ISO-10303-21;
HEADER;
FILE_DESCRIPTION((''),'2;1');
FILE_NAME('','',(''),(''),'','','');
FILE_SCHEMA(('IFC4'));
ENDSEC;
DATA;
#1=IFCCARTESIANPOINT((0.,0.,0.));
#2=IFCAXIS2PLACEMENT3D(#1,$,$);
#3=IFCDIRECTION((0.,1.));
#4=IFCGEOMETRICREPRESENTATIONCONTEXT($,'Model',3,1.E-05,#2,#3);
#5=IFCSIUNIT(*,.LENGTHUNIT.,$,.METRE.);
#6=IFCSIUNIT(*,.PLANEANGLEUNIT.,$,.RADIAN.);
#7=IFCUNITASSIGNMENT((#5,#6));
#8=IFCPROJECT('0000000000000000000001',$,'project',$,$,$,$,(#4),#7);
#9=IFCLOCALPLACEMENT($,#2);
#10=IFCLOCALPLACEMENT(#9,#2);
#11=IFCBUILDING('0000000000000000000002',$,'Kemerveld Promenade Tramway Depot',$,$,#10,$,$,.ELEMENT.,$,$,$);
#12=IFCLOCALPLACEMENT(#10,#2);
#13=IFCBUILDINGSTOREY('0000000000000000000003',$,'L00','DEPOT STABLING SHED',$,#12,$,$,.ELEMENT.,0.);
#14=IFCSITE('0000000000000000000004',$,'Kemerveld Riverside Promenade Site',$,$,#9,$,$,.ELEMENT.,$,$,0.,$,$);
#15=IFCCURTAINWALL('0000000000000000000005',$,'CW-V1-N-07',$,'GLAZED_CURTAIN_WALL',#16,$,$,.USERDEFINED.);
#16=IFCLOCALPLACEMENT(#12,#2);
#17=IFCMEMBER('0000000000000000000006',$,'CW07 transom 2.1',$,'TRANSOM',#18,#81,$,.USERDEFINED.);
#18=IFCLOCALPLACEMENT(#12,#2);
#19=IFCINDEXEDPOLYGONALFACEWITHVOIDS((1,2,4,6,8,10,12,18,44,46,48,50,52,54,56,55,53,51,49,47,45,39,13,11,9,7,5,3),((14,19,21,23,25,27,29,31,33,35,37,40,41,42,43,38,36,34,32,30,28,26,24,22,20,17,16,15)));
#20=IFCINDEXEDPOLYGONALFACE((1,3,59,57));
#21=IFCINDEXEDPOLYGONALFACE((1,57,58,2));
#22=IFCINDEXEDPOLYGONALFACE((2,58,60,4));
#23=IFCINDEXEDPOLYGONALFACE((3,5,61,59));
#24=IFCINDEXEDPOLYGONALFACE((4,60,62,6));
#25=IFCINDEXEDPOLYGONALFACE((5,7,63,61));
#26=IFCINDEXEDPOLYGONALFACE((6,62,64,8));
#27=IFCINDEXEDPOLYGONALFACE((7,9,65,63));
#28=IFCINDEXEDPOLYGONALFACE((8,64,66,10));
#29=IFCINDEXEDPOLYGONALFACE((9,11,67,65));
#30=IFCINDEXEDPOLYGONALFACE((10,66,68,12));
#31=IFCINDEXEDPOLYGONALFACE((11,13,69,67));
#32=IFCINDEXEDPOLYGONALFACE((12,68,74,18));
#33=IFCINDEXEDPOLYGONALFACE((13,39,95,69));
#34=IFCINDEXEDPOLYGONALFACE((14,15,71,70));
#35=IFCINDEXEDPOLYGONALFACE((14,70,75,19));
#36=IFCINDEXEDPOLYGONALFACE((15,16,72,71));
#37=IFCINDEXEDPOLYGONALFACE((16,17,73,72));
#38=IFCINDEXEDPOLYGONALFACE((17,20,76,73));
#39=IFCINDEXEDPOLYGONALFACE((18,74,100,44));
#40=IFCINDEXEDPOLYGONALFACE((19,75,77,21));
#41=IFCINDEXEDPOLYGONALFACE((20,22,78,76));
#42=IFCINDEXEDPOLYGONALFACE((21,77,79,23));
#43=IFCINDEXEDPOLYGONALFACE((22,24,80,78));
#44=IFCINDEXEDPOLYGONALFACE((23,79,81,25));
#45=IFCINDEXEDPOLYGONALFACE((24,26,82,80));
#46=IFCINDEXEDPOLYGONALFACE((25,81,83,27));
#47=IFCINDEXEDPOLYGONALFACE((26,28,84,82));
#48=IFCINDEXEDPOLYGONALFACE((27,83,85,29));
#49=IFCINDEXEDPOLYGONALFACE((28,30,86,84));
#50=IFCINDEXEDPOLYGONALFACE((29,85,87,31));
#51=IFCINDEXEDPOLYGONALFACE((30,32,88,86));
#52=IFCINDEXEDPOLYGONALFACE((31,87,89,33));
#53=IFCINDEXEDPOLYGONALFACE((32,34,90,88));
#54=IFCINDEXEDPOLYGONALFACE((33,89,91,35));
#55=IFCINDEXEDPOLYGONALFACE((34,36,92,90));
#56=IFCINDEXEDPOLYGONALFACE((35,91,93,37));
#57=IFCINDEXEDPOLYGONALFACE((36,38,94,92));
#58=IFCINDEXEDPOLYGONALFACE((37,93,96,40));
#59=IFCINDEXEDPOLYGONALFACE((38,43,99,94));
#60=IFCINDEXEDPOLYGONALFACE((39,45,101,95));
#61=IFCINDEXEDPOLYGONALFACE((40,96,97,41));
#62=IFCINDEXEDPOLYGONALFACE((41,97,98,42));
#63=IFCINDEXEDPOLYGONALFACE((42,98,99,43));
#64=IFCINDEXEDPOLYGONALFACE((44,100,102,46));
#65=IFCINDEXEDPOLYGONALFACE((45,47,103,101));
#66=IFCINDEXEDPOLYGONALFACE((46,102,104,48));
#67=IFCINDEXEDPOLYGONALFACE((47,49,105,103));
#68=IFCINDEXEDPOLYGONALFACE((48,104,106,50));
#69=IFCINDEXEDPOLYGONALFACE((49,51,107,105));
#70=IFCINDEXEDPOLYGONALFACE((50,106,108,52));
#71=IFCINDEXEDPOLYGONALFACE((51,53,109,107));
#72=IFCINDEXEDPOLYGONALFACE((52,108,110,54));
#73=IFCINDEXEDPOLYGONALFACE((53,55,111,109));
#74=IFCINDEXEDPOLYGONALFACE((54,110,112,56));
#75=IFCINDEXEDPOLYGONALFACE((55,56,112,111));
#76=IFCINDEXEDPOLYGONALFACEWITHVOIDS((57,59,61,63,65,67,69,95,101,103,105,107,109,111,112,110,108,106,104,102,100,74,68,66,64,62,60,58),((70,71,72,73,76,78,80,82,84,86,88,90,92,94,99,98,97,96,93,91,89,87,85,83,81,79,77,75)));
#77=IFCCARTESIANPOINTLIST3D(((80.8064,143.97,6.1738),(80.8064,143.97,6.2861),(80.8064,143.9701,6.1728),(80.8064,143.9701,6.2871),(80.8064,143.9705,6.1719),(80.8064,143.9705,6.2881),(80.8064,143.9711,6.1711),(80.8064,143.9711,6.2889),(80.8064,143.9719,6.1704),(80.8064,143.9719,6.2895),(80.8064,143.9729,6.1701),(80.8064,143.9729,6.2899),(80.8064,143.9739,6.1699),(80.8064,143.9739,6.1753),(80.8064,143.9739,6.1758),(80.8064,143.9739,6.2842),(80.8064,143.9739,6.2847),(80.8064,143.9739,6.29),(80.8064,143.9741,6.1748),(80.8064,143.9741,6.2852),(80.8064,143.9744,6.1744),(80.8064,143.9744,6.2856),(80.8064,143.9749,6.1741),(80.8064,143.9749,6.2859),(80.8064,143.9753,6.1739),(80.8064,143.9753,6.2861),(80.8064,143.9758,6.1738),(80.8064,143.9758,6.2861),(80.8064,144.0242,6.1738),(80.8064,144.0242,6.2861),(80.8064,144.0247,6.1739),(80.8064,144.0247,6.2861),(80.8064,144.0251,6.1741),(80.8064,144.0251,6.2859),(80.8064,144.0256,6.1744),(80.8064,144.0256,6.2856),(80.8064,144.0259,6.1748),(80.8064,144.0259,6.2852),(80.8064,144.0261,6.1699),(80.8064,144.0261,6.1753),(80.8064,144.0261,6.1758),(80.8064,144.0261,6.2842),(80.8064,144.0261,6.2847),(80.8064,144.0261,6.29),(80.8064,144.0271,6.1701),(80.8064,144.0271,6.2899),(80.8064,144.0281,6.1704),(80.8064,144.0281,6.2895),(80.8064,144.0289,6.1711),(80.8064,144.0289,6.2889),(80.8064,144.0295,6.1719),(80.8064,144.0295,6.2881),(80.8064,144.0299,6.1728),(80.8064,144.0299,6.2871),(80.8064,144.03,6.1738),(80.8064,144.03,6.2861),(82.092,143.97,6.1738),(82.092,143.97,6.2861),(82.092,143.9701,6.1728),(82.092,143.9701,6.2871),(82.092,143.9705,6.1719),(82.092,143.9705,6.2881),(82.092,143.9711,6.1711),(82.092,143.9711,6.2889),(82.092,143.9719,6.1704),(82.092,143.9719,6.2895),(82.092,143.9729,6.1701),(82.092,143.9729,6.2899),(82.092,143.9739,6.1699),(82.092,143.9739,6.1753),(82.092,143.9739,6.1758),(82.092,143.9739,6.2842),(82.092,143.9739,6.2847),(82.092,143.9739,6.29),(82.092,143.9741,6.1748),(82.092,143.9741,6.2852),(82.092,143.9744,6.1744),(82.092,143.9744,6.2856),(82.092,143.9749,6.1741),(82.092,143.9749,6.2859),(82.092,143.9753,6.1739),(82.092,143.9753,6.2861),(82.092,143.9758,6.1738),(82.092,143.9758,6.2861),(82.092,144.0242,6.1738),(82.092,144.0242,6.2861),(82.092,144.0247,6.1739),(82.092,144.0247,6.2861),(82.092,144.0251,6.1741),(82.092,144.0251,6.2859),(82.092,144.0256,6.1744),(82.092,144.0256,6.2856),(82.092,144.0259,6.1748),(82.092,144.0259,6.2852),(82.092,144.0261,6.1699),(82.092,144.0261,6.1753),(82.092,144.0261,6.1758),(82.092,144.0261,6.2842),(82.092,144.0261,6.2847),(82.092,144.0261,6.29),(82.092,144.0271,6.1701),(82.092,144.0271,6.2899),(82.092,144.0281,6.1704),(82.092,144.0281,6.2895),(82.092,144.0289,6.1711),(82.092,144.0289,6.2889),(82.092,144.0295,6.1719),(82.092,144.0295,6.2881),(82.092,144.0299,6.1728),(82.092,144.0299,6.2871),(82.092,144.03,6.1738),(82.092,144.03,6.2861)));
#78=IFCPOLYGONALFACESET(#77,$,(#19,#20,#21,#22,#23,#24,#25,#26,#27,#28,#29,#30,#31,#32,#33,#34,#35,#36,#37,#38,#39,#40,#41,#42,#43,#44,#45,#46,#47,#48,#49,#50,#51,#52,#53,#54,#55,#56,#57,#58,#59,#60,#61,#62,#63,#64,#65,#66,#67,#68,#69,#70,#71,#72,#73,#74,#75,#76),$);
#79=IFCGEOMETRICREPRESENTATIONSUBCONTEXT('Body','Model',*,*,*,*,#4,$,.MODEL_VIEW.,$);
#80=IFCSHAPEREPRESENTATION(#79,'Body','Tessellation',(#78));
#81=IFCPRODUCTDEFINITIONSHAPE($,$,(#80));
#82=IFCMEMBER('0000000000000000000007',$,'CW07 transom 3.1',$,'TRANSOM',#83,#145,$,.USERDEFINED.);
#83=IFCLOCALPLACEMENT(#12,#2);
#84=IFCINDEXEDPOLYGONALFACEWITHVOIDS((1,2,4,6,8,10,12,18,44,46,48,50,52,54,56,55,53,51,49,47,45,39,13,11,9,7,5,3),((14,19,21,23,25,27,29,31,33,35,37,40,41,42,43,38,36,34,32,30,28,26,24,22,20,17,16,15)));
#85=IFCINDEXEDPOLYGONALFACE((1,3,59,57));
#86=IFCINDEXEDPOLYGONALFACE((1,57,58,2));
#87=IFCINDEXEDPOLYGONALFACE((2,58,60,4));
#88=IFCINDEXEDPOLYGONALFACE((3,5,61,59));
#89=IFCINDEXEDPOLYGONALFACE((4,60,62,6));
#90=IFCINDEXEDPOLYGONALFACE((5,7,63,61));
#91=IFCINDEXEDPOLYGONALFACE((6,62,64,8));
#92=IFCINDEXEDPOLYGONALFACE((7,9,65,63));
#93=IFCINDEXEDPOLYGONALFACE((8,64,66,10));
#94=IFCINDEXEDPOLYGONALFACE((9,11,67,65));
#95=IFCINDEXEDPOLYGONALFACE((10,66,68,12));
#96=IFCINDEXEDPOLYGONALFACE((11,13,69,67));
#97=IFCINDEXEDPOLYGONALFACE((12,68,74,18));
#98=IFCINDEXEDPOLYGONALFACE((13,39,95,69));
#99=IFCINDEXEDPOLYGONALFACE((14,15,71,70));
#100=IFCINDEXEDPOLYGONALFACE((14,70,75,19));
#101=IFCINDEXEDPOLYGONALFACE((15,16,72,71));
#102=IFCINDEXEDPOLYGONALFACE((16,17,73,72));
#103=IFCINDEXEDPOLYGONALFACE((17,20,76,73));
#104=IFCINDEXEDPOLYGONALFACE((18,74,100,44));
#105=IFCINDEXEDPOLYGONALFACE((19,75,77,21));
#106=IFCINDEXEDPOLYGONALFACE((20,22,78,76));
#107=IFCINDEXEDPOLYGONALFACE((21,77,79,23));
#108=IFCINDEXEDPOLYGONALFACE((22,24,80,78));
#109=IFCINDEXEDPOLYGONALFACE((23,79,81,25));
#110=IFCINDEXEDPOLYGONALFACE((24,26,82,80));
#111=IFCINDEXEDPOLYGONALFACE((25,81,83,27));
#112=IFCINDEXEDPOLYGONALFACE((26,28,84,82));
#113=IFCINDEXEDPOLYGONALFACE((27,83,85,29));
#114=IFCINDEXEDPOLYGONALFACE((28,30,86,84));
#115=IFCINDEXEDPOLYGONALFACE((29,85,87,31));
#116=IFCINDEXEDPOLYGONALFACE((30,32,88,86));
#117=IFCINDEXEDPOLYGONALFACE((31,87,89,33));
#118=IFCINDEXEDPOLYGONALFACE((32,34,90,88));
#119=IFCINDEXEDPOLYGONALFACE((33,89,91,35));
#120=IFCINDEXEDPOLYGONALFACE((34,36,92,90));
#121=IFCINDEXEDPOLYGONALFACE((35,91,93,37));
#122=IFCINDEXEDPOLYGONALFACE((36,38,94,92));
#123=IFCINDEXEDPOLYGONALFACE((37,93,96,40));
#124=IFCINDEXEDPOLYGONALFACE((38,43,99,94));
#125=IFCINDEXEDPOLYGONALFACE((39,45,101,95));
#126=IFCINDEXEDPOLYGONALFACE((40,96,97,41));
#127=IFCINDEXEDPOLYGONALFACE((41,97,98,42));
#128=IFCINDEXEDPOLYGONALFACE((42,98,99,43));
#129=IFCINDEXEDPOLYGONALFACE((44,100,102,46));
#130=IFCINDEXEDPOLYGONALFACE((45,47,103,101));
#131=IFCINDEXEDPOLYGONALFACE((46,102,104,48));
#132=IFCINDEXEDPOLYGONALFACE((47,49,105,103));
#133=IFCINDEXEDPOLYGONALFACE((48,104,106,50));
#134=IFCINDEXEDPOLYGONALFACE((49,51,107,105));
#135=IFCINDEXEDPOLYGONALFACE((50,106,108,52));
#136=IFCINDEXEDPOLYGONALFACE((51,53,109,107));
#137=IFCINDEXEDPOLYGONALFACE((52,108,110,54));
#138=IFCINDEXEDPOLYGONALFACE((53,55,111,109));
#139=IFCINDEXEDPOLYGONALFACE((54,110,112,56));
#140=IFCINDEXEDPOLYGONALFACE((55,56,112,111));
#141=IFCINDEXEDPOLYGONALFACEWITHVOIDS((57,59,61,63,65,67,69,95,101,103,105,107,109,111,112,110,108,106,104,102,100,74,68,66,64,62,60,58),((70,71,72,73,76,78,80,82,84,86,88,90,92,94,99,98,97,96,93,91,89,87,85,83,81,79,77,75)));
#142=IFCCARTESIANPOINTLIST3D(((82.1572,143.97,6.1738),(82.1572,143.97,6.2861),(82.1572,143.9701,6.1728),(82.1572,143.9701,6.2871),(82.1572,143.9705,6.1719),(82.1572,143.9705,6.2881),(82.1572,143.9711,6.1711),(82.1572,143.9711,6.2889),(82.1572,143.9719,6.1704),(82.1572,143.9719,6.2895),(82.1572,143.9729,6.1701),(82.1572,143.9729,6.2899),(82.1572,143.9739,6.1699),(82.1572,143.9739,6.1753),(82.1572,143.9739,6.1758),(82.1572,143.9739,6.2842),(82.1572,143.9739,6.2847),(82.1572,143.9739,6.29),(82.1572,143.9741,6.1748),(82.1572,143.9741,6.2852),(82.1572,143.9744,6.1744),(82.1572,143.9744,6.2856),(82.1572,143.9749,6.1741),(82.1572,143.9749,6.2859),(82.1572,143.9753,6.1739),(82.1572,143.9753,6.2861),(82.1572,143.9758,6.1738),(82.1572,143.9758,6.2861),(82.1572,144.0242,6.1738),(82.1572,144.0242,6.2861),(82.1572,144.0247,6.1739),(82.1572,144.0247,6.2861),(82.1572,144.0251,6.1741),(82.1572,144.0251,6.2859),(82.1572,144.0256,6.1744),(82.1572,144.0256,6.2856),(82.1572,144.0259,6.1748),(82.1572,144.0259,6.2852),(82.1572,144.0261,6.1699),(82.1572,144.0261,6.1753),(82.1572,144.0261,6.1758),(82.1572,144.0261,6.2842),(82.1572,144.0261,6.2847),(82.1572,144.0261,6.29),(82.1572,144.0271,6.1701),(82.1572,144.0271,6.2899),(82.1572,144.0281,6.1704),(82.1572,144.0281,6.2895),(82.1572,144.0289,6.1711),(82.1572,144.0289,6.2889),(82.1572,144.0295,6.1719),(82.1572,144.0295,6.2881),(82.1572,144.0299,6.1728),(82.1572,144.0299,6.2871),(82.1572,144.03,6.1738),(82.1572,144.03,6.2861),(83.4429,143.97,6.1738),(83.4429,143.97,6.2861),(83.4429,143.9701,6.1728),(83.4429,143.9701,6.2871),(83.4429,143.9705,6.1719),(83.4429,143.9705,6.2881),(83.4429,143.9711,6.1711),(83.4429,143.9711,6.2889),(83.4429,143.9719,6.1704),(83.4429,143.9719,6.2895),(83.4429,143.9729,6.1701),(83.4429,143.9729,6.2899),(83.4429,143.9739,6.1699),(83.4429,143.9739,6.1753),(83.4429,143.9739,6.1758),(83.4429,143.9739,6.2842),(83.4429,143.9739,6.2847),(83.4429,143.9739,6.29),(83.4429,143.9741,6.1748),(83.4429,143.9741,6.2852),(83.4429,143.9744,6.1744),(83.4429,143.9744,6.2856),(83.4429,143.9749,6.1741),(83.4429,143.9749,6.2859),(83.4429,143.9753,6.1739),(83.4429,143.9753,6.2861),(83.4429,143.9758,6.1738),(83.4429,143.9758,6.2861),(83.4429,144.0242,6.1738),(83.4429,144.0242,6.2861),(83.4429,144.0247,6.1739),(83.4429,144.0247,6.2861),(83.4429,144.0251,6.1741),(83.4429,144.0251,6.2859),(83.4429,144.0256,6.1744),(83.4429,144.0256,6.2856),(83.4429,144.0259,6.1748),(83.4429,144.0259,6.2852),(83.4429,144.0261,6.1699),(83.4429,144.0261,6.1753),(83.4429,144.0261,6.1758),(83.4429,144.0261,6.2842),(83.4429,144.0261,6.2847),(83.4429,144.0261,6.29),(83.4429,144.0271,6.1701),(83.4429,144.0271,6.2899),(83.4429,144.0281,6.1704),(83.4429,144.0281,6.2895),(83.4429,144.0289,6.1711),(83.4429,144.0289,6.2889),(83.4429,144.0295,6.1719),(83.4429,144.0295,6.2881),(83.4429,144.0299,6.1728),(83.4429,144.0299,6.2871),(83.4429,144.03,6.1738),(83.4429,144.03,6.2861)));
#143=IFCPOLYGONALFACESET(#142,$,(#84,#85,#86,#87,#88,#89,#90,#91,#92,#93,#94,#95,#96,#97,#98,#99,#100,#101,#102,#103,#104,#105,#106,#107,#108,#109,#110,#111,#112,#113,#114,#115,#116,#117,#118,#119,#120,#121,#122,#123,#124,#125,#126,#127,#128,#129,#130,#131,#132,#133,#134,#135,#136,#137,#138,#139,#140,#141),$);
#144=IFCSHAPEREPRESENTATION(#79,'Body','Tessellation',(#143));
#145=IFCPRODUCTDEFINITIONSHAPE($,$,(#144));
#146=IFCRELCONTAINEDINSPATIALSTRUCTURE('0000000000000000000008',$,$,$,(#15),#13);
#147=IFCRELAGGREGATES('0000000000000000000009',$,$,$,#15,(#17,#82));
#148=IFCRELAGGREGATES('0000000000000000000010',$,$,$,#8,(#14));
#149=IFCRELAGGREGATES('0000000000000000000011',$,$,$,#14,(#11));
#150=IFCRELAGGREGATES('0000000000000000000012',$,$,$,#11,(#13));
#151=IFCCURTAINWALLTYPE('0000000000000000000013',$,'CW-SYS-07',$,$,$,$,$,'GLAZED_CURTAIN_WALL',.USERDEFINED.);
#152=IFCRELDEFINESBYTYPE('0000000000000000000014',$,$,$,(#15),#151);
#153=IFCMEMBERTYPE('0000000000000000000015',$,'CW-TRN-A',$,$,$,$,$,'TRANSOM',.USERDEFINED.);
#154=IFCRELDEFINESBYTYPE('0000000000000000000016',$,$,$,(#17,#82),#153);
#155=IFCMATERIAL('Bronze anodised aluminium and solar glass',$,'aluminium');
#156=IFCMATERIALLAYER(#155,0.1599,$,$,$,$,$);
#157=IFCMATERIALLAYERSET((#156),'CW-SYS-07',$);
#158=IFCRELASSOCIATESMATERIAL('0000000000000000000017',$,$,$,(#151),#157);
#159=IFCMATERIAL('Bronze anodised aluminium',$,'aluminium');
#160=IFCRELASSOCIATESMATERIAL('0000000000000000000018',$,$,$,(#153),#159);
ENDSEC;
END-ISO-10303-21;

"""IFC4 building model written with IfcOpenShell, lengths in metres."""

from ifc_helpers import new_model, si_unit, direction, frame, origin, origin_2d, place, context, subcontext, project, spatial, hollow_rectangle, extrude, material, layer, layer_set, material_profile, profile_set, type_object, element, aggregate, save


model = new_model("IFC4")

# Units and contexts
model_context = context("Model", 3, precision=1e-05, world=origin(), true_north=direction((0.0, 1.0)))
body_context = subcontext(model_context, "Body", "Model", "MODEL_VIEW")
ifc_project = project(units=[si_unit("LENGTHUNIT", "METRE"), si_unit("PLANEANGLEUNIT", "RADIAN")], contexts=[model_context])

# Site, building, storey
site_placement = place(None, origin())
site = spatial("IfcSite", under=ifc_project, at=site_placement, Name="Kemerveld Riverside Promenade Site", CompositionType="ELEMENT", RefElevation=0.0)
building_placement = place(site_placement, origin())
building = spatial("IfcBuilding", under=site, at=building_placement, Name="Kemerveld Promenade Tramway Depot", CompositionType="ELEMENT")
storey_placement = place(building_placement, origin())
storey = spatial("IfcBuildingStorey", under=building, at=storey_placement, Name="L00", Description="DEPOT STABLING SHED", CompositionType="ELEMENT", Elevation=0.0)

# Curtain wall
ifc_material_1 = material(Name="Bronze anodised aluminium and solar glass", Category="aluminium")
ifc_layer_1 = layer(ifc_material_1, 0.1599)
ifc_layer_set_1 = layer_set([ifc_layer_1], Name="CW-SYS-07")
curtain_wall_type_1 = type_object("IfcCurtainWallType", Name="CW-SYS-07", ElementType="GLAZED_CURTAIN_WALL", PredefinedType="USERDEFINED", material=ifc_layer_set_1)
curtain_wall_1_placement = place(storey_placement, origin())
curtain_wall_1 = element("IfcCurtainWall", 1, at=curtain_wall_1_placement, inside=storey, type_object=curtain_wall_type_1, Name="CW-V1-N-07", ObjectType="GLAZED_CURTAIN_WALL", PredefinedType="USERDEFINED")
ifc_material_2 = material(Name="Bronze anodised aluminium", Category="aluminium")

# Members
ifc_material_profile_1 = material_profile(ifc_material_2, hollow_rectangle(XDim=0.0601, YDim=0.1201, WallThickness=0.0039, InnerFilletRadius=0.002, OuterFilletRadius=0.0039, at=origin_2d()), Name="CW-TRN-120x60")
ifc_profile_set_1 = profile_set([ifc_material_profile_1], Name="Bronze anodised aluminium")
member_type_1 = type_object("IfcMemberType", Name="CW-TRN-A", ElementType="TRANSOM", PredefinedType="USERDEFINED", material=ifc_profile_set_1)
member_1_placement = place(storey_placement, frame((80.8064, 144.0, 6.23), z_axis=(1.0, 0.0, 0.0), x_axis=(0.0, 1.0, 0.0)))
member_1 = element("IfcMember", 2, at=member_1_placement, type_object=member_type_1, Name="CW07 transom 2.1", ObjectType="TRANSOM", PredefinedType="USERDEFINED", context=body_context, shape_type="SweptSolid", body=[
    extrude(hollow_rectangle(XDim=0.0601, YDim=0.1201, WallThickness=0.0039, InnerFilletRadius=0.002, OuterFilletRadius=0.0039, at=origin_2d()), origin(), (0.0, 0.0, 1.0), 1.2856),
])
member_2_placement = place(storey_placement, frame((82.1572, 144.0, 6.23), z_axis=(1.0, 0.0, 0.0), x_axis=(0.0, 1.0, 0.0)))
member_2 = element("IfcMember", 3, at=member_2_placement, type_object=member_type_1, Name="CW07 transom 3.1", ObjectType="TRANSOM", PredefinedType="USERDEFINED", context=body_context, shape_type="SweptSolid", body=[
    extrude(hollow_rectangle(XDim=0.0601, YDim=0.1201, WallThickness=0.0039, InnerFilletRadius=0.002, OuterFilletRadius=0.0039, at=origin_2d()), origin(), (0.0, 0.0, 1.0), 1.2856),
])

aggregate(curtain_wall_1, [member_1, member_2])

save(model, "model.ifc")
